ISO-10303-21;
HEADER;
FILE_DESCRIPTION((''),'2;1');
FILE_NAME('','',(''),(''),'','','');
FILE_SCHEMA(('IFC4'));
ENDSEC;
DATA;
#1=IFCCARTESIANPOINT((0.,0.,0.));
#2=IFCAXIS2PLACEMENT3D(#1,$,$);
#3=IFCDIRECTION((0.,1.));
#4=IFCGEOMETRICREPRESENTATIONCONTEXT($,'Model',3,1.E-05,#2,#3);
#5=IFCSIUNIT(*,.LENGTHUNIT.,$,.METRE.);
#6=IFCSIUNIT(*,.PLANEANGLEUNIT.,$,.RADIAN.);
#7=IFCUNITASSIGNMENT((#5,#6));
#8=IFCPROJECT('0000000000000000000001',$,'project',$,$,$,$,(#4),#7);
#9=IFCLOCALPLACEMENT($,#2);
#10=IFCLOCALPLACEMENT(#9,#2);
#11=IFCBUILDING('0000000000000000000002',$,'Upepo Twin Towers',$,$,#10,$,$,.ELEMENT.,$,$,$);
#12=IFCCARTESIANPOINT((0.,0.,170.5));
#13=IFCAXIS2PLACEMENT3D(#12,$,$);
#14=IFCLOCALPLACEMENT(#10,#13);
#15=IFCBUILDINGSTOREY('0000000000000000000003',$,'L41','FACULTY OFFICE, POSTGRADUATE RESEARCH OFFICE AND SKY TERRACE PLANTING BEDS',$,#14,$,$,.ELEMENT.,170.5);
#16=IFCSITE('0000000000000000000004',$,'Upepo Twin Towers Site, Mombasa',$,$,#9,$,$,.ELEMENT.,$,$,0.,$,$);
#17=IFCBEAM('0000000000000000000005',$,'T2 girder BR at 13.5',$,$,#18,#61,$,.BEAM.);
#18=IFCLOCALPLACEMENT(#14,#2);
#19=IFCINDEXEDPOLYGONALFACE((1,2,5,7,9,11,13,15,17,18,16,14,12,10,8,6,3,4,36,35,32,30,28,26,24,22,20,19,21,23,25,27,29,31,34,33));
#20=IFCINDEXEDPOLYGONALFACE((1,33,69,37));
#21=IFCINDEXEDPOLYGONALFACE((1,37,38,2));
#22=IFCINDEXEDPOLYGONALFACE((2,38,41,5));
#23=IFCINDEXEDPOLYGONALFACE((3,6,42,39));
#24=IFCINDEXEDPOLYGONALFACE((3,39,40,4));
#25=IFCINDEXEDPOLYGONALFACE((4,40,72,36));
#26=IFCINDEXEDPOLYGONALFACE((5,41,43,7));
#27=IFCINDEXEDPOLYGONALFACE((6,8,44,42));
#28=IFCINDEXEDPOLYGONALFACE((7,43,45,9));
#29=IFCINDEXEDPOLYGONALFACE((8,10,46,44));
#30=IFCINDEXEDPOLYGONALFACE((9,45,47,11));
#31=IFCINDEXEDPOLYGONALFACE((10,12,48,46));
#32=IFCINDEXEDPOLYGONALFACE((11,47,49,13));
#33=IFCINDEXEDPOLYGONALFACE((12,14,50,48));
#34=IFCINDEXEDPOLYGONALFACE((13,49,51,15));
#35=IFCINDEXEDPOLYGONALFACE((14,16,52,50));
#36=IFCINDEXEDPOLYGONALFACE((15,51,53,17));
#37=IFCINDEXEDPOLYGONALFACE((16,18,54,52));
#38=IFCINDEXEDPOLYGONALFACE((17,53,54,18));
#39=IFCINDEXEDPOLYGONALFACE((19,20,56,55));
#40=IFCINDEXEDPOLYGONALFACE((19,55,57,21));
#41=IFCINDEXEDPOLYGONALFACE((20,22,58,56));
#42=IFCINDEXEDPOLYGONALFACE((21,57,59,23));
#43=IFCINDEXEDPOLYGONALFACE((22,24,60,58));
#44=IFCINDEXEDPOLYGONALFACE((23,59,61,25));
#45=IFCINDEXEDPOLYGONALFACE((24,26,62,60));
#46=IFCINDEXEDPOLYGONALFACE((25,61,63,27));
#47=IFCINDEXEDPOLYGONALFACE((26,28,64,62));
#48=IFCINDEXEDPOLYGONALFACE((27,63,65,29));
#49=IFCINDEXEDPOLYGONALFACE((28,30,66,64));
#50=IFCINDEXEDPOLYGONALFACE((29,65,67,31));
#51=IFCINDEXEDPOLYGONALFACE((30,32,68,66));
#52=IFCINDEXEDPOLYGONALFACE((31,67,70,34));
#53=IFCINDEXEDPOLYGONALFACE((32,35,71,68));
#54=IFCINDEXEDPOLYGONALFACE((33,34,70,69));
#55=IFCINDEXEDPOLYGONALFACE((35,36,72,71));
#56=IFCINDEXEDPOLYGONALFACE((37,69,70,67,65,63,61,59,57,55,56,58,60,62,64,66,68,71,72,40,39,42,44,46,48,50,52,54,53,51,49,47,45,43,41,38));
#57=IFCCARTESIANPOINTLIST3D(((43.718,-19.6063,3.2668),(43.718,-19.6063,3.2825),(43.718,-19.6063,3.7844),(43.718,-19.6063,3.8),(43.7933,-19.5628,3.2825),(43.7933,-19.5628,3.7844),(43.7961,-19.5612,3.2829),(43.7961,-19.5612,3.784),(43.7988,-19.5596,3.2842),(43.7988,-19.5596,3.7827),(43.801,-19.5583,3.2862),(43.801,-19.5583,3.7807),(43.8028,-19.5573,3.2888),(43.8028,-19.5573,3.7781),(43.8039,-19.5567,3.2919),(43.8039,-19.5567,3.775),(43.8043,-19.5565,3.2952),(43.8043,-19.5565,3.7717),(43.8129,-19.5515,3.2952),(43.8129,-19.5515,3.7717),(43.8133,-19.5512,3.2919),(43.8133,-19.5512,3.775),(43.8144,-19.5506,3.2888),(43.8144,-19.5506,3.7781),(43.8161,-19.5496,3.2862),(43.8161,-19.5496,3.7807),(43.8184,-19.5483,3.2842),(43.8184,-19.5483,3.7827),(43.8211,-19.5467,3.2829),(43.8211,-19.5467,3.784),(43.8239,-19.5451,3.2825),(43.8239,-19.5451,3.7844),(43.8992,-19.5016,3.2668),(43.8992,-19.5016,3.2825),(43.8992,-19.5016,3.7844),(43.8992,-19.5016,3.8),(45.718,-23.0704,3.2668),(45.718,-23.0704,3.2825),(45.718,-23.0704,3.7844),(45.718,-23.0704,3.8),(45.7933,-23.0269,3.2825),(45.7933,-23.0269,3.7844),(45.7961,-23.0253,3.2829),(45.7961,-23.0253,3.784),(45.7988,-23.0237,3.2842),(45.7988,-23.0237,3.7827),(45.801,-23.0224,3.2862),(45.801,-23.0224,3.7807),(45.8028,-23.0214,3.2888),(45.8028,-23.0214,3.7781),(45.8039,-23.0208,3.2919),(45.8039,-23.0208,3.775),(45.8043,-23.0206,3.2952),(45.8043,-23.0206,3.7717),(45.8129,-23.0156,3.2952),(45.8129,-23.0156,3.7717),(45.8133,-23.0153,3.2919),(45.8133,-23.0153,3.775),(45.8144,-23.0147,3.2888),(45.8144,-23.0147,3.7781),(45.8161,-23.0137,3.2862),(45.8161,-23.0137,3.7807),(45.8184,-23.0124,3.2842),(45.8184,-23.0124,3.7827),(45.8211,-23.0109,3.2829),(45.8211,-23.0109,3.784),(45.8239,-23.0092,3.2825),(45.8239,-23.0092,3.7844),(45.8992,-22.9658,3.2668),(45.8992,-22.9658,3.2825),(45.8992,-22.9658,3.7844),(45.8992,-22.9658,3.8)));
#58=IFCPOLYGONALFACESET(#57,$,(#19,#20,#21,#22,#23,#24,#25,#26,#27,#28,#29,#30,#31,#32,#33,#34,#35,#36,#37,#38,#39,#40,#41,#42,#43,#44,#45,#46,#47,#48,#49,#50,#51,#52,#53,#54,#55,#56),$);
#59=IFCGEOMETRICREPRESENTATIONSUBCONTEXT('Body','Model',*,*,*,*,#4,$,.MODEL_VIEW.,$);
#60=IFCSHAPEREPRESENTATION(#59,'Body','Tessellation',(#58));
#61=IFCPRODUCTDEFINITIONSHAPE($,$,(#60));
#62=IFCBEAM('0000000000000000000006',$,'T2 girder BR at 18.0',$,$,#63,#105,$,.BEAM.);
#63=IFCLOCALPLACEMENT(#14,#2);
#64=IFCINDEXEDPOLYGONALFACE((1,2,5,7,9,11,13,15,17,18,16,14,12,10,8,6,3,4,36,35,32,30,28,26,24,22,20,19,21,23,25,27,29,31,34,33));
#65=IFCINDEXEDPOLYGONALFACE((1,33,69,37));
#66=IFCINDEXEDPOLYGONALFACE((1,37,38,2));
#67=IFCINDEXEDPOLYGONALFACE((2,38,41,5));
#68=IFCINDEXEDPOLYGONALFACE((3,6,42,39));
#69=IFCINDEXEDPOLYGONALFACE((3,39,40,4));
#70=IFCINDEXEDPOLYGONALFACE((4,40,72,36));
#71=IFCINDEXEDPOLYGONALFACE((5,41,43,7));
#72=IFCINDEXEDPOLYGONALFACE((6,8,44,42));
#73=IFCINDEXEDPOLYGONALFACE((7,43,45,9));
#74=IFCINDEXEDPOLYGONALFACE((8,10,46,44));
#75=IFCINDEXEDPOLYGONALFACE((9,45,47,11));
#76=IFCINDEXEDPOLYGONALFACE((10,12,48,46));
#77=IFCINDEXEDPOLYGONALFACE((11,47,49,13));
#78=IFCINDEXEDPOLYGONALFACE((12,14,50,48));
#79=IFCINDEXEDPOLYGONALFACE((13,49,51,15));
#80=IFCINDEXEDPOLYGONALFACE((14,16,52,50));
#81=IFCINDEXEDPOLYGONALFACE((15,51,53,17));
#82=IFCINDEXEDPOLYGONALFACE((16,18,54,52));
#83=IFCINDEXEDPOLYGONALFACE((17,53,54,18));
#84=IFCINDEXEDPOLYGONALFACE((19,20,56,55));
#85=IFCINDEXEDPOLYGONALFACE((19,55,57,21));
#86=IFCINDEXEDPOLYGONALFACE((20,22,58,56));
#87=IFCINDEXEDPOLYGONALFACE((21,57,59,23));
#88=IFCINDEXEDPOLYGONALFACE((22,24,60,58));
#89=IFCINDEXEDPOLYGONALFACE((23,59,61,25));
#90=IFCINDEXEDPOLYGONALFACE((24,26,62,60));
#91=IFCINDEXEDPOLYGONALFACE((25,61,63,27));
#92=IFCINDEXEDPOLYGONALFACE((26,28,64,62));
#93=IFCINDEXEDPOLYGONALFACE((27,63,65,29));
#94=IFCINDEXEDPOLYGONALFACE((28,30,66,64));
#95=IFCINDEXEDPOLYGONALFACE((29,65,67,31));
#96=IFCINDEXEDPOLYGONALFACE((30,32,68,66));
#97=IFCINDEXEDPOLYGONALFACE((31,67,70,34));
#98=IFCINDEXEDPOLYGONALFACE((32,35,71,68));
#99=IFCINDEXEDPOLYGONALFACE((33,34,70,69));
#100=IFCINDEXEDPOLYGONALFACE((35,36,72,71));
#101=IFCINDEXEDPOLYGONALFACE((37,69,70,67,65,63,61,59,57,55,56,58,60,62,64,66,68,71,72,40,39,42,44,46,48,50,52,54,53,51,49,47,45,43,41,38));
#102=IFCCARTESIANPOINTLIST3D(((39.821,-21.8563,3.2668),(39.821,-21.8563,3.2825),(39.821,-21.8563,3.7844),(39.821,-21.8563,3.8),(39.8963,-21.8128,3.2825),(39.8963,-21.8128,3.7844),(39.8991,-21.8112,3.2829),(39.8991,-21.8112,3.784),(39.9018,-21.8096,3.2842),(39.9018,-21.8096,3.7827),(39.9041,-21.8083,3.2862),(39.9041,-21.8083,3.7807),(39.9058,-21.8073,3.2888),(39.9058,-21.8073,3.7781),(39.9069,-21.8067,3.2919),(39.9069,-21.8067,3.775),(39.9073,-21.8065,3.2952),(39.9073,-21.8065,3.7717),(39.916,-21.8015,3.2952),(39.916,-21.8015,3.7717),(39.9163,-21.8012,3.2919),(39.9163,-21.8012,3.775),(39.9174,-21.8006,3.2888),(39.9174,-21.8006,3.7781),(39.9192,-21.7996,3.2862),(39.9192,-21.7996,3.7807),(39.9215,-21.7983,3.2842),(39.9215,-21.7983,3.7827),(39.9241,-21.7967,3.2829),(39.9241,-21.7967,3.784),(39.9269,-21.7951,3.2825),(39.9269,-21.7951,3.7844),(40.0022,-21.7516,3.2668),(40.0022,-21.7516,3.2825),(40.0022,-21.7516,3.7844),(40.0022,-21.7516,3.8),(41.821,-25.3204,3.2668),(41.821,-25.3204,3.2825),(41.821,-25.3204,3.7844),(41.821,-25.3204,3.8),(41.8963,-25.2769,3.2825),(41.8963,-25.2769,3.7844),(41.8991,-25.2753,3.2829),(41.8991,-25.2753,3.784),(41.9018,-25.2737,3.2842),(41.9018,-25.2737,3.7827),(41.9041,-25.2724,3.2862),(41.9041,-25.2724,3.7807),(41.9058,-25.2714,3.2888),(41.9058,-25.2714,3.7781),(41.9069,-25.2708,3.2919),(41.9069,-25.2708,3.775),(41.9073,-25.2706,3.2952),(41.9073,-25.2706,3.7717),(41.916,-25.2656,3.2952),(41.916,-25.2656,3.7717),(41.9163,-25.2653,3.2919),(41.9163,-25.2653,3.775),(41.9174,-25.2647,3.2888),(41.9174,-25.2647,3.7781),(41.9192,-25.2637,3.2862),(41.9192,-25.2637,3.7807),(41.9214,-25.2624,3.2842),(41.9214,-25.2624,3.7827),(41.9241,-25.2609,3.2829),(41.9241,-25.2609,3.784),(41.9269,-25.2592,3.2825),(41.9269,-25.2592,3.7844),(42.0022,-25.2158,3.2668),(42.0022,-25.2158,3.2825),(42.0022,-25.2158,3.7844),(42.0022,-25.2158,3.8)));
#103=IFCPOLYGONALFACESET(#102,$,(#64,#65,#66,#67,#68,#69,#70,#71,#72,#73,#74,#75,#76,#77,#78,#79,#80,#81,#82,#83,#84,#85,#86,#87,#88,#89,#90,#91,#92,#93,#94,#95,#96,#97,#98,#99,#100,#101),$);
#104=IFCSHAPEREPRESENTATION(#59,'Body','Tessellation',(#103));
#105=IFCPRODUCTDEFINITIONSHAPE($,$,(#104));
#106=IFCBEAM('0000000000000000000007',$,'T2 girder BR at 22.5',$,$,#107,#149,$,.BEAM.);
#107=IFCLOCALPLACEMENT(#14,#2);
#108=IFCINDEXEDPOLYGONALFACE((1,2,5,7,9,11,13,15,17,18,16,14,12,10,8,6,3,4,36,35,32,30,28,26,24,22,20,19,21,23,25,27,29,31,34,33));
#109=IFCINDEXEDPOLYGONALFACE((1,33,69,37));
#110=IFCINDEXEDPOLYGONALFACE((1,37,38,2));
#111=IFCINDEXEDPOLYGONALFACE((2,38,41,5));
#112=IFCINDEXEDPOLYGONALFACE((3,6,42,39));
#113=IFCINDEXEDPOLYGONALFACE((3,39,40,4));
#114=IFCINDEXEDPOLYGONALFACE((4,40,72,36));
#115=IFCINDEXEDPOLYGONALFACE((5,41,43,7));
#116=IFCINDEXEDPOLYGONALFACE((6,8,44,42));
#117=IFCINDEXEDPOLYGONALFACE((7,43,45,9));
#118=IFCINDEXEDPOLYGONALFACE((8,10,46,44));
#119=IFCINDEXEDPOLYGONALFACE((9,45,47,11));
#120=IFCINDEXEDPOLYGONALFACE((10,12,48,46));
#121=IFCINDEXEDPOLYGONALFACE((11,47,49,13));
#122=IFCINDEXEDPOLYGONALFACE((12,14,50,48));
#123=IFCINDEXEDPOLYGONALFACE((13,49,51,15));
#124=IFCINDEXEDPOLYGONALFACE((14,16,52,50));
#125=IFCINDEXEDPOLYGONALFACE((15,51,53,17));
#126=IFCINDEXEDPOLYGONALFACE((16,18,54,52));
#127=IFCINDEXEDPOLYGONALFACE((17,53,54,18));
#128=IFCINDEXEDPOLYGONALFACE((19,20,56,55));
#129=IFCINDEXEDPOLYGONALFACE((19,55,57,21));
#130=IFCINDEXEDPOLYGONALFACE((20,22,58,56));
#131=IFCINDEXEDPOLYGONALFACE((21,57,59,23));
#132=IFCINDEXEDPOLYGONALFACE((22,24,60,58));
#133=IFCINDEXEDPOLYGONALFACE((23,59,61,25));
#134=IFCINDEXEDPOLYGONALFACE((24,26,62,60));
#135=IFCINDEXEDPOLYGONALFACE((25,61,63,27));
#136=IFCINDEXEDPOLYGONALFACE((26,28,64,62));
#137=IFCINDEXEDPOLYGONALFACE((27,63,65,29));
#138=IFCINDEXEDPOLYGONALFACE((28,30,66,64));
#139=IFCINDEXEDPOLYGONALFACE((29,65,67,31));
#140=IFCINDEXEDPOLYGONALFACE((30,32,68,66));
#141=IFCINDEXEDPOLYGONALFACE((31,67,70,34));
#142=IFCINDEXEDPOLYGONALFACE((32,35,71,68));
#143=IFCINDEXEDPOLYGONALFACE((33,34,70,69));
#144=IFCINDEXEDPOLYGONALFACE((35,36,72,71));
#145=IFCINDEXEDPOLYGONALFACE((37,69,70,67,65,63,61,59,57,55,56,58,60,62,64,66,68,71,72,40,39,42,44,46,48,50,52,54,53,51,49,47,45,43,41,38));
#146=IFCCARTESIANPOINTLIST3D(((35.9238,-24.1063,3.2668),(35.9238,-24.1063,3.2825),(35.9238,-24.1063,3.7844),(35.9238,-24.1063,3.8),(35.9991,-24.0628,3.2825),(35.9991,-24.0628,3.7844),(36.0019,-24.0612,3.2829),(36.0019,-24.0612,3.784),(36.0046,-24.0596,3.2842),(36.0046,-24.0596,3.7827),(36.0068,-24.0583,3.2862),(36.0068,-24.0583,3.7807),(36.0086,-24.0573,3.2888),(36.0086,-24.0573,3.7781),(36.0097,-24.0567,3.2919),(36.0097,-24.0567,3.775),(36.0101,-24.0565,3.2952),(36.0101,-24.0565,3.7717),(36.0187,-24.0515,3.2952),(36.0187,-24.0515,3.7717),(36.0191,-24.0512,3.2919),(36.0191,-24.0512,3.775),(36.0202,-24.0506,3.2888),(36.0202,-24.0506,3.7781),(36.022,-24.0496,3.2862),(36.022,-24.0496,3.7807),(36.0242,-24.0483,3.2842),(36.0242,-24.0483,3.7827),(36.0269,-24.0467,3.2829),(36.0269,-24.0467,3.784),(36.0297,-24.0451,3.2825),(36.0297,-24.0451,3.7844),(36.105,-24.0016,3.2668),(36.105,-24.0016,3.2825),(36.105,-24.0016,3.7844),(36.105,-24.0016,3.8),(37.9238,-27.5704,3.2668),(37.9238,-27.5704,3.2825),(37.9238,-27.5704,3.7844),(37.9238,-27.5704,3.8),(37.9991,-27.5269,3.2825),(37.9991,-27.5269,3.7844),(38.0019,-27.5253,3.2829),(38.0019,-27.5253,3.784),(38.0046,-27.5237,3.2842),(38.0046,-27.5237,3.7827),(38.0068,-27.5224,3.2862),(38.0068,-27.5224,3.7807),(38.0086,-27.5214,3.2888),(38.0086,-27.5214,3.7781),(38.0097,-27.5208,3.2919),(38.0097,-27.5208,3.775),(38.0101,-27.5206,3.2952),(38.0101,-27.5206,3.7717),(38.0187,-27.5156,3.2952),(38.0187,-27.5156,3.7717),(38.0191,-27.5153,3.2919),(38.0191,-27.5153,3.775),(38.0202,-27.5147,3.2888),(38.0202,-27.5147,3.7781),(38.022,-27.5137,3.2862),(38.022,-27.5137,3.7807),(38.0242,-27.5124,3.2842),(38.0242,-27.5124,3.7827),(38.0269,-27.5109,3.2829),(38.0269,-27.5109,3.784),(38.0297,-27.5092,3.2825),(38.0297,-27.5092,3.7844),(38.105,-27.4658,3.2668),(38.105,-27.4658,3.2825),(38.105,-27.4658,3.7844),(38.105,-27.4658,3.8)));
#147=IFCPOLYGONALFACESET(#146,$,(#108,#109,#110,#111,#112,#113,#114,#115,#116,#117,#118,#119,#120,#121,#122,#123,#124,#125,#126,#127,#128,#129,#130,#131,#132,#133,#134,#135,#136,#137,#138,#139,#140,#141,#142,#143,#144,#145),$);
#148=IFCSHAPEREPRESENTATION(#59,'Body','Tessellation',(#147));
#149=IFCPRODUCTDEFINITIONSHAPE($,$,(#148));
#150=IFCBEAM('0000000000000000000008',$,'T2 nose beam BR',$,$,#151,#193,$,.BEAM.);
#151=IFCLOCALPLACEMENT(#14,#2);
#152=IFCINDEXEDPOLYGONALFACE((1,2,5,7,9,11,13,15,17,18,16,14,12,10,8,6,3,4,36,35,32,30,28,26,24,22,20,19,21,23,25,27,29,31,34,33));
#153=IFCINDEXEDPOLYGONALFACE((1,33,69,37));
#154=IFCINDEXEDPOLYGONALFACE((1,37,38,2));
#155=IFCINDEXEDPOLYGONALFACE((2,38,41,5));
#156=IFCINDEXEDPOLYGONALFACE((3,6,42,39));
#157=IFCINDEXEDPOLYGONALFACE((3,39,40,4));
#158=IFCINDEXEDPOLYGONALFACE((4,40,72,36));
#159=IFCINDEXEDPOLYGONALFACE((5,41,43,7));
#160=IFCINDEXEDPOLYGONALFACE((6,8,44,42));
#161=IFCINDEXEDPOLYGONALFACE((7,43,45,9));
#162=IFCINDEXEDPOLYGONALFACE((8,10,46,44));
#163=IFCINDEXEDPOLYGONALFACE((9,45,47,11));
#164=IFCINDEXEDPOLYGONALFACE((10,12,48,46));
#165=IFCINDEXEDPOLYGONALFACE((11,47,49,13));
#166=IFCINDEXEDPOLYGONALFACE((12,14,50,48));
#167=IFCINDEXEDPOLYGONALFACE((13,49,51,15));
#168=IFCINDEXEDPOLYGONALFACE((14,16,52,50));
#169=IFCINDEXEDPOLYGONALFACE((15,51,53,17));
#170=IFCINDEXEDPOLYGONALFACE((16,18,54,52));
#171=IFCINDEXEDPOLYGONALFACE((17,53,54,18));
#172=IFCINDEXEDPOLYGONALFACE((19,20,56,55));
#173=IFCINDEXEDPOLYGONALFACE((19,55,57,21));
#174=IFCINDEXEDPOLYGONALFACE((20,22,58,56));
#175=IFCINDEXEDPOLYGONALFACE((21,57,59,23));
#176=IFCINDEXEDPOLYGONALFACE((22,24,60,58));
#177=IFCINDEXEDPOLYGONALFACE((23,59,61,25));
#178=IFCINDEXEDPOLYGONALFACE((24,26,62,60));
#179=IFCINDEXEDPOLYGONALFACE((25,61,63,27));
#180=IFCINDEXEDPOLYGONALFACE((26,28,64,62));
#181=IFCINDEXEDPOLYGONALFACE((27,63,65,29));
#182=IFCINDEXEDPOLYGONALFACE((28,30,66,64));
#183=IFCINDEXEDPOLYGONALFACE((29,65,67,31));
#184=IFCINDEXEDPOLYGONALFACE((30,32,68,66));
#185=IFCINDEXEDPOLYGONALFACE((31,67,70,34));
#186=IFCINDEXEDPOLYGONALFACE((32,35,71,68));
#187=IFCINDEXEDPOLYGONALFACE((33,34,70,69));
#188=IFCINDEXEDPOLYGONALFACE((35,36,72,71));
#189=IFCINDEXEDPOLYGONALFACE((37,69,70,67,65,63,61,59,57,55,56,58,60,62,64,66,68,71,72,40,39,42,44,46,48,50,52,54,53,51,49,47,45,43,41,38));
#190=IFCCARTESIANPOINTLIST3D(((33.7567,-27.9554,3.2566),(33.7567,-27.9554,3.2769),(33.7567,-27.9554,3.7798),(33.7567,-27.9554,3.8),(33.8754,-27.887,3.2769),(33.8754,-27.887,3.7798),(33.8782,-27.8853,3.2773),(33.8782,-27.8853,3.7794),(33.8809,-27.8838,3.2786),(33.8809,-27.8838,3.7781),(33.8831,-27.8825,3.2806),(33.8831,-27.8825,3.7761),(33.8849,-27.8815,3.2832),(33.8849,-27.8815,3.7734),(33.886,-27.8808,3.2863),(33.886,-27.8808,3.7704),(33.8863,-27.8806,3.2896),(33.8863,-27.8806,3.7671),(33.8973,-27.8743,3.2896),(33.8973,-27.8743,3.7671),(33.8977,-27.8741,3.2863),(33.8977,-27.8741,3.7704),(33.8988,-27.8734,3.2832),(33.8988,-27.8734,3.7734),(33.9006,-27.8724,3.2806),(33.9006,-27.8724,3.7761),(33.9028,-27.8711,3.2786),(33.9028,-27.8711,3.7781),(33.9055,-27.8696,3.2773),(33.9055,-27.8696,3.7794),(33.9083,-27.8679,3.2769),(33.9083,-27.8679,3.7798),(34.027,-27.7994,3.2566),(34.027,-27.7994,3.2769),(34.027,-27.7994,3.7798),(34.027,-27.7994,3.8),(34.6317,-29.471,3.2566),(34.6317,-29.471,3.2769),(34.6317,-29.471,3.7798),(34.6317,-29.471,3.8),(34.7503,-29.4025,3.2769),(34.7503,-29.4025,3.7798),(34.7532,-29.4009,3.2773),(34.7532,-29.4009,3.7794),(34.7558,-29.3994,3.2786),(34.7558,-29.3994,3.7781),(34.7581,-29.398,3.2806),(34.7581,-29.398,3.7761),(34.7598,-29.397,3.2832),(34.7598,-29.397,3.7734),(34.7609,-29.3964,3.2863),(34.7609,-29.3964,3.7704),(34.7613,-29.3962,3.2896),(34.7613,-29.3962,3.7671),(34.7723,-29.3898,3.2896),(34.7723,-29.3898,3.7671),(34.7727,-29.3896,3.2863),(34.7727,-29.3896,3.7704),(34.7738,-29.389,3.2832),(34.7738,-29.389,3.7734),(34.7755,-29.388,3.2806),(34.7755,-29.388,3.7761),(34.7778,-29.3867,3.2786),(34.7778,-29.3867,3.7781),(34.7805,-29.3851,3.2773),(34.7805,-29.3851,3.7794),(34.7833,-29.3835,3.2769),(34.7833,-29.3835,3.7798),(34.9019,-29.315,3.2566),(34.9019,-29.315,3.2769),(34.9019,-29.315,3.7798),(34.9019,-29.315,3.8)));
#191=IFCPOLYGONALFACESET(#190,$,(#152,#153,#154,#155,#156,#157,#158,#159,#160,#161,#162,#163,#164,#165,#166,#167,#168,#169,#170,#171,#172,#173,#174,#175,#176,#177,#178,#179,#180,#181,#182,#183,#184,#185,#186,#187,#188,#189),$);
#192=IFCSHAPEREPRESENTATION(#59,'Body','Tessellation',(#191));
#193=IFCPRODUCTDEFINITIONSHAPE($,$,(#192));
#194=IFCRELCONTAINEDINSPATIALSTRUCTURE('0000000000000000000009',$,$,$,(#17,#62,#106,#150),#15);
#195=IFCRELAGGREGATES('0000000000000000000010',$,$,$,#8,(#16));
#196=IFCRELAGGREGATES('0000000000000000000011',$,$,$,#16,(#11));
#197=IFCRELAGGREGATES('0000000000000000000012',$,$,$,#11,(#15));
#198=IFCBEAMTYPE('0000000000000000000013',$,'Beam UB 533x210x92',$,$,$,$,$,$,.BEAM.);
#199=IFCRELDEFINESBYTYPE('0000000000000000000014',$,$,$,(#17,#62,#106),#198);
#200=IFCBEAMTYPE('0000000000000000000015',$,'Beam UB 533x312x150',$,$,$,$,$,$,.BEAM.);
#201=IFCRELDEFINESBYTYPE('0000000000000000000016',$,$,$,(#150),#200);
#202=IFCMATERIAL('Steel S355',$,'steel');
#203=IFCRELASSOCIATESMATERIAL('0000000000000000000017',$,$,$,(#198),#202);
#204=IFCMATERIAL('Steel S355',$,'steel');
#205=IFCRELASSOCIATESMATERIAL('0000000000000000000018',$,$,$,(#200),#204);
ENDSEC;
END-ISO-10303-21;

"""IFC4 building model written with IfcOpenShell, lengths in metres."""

from ifc_helpers import new_model, si_unit, direction, frame, origin, origin_2d, place, context, subcontext, project, spatial, i_section, extrude, material, material_profile, profile_set, type_object, element, save


model = new_model("IFC4")

# Units and contexts
model_context = context("Model", 3, precision=1e-05, world=origin(), true_north=direction((0.0, 1.0)))
body_context = subcontext(model_context, "Body", "Model", "MODEL_VIEW")
ifc_project = project(units=[si_unit("LENGTHUNIT", "METRE"), si_unit("PLANEANGLEUNIT", "RADIAN")], contexts=[model_context])

# Site, building, storey
site_placement = place(None, origin())
site = spatial("IfcSite", under=ifc_project, at=site_placement, Name="Upepo Twin Towers Site, Mombasa", CompositionType="ELEMENT", RefElevation=0.0)
building_placement = place(site_placement, origin())
building = spatial("IfcBuilding", under=site, at=building_placement, Name="Upepo Twin Towers", CompositionType="ELEMENT")
storey_placement = place(building_placement, frame((0.0, 0.0, 170.5)))
storey = spatial("IfcBuildingStorey", under=building, at=storey_placement, Name="L41", Description="FACULTY OFFICE, POSTGRADUATE RESEARCH OFFICE AND SKY TERRACE PLANTING BEDS", CompositionType="ELEMENT", Elevation=170.5)

# Beams
ifc_material_1 = material(Name="Steel S355", Category="steel")
ifc_material_profile_1 = material_profile(ifc_material_1, i_section(OverallWidth=0.2092, OverallDepth=0.5332, WebThickness=0.01, FlangeThickness=0.0156, FilletRadius=0.0127, at=origin_2d()), Name="UB 533x210x92")
ifc_profile_set_1 = profile_set([ifc_material_profile_1], Name="Steel S355")
beam_type_1 = type_object("IfcBeamType", Name="Beam UB 533x210x92", PredefinedType="BEAM", material=ifc_profile_set_1)
for number, where, z_axis, x_axis, name in (
    (1, (43.8086, -19.554, 3.5334), (0.499999, -0.866026, 0.0), (0.866026, 0.499999, 0.0), "T2 girder BR at 13.5"),
    (2, (39.9116, -21.804, 3.5334), (0.499999, -0.866026, 0.0), (0.866026, 0.499999, 0.0), "T2 girder BR at 18.0"),
    (3, (36.0144, -24.054, 3.5334), (0.499999, -0.866026, 0.0), (0.866026, 0.499999, 0.0), "T2 girder BR at 22.5"),
):
    element("IfcBeam", number, at=place(storey_placement, frame(where, z_axis=z_axis, x_axis=x_axis)), inside=storey, type_object=beam_type_1, Name=name, PredefinedType="BEAM", context=body_context, shape_type="SweptSolid", body=[
        extrude(i_section(OverallWidth=0.2092, OverallDepth=0.5332, WebThickness=0.01, FlangeThickness=0.0156, FilletRadius=0.0127, at=origin_2d()), origin(), (0.0, 0.0, 1.0), 4.0),
    ])
ifc_material_2 = material(Name="Steel S355", Category="steel")
ifc_material_profile_2 = material_profile(ifc_material_2, i_section(OverallWidth=0.312, OverallDepth=0.5435, WebThickness=0.0127, FlangeThickness=0.0203, FilletRadius=0.0127, at=origin_2d()), Name="UB 533x312x150")
ifc_profile_set_2 = profile_set([ifc_material_profile_2], Name="Steel S355")
beam_type_2 = type_object("IfcBeamType", Name="Beam UB 533x312x150", PredefinedType="BEAM", material=ifc_profile_set_2)
beam_1_placement = place(storey_placement, frame((33.8918, -27.8774, 3.5283), z_axis=(0.49998, -0.866037, 0.0), x_axis=(0.866037, 0.49998, 0.0)))
element("IfcBeam", 4, at=beam_1_placement, inside=storey, type_object=beam_type_2, Name="T2 nose beam BR", PredefinedType="BEAM", context=body_context, shape_type="SweptSolid", body=[
    extrude(i_section(OverallWidth=0.312, OverallDepth=0.5435, WebThickness=0.0127, FlangeThickness=0.0203, FilletRadius=0.0127, at=origin_2d()), origin(), (0.0, 0.0, 1.0), 1.75),
])

save(model, "model.ifc")
